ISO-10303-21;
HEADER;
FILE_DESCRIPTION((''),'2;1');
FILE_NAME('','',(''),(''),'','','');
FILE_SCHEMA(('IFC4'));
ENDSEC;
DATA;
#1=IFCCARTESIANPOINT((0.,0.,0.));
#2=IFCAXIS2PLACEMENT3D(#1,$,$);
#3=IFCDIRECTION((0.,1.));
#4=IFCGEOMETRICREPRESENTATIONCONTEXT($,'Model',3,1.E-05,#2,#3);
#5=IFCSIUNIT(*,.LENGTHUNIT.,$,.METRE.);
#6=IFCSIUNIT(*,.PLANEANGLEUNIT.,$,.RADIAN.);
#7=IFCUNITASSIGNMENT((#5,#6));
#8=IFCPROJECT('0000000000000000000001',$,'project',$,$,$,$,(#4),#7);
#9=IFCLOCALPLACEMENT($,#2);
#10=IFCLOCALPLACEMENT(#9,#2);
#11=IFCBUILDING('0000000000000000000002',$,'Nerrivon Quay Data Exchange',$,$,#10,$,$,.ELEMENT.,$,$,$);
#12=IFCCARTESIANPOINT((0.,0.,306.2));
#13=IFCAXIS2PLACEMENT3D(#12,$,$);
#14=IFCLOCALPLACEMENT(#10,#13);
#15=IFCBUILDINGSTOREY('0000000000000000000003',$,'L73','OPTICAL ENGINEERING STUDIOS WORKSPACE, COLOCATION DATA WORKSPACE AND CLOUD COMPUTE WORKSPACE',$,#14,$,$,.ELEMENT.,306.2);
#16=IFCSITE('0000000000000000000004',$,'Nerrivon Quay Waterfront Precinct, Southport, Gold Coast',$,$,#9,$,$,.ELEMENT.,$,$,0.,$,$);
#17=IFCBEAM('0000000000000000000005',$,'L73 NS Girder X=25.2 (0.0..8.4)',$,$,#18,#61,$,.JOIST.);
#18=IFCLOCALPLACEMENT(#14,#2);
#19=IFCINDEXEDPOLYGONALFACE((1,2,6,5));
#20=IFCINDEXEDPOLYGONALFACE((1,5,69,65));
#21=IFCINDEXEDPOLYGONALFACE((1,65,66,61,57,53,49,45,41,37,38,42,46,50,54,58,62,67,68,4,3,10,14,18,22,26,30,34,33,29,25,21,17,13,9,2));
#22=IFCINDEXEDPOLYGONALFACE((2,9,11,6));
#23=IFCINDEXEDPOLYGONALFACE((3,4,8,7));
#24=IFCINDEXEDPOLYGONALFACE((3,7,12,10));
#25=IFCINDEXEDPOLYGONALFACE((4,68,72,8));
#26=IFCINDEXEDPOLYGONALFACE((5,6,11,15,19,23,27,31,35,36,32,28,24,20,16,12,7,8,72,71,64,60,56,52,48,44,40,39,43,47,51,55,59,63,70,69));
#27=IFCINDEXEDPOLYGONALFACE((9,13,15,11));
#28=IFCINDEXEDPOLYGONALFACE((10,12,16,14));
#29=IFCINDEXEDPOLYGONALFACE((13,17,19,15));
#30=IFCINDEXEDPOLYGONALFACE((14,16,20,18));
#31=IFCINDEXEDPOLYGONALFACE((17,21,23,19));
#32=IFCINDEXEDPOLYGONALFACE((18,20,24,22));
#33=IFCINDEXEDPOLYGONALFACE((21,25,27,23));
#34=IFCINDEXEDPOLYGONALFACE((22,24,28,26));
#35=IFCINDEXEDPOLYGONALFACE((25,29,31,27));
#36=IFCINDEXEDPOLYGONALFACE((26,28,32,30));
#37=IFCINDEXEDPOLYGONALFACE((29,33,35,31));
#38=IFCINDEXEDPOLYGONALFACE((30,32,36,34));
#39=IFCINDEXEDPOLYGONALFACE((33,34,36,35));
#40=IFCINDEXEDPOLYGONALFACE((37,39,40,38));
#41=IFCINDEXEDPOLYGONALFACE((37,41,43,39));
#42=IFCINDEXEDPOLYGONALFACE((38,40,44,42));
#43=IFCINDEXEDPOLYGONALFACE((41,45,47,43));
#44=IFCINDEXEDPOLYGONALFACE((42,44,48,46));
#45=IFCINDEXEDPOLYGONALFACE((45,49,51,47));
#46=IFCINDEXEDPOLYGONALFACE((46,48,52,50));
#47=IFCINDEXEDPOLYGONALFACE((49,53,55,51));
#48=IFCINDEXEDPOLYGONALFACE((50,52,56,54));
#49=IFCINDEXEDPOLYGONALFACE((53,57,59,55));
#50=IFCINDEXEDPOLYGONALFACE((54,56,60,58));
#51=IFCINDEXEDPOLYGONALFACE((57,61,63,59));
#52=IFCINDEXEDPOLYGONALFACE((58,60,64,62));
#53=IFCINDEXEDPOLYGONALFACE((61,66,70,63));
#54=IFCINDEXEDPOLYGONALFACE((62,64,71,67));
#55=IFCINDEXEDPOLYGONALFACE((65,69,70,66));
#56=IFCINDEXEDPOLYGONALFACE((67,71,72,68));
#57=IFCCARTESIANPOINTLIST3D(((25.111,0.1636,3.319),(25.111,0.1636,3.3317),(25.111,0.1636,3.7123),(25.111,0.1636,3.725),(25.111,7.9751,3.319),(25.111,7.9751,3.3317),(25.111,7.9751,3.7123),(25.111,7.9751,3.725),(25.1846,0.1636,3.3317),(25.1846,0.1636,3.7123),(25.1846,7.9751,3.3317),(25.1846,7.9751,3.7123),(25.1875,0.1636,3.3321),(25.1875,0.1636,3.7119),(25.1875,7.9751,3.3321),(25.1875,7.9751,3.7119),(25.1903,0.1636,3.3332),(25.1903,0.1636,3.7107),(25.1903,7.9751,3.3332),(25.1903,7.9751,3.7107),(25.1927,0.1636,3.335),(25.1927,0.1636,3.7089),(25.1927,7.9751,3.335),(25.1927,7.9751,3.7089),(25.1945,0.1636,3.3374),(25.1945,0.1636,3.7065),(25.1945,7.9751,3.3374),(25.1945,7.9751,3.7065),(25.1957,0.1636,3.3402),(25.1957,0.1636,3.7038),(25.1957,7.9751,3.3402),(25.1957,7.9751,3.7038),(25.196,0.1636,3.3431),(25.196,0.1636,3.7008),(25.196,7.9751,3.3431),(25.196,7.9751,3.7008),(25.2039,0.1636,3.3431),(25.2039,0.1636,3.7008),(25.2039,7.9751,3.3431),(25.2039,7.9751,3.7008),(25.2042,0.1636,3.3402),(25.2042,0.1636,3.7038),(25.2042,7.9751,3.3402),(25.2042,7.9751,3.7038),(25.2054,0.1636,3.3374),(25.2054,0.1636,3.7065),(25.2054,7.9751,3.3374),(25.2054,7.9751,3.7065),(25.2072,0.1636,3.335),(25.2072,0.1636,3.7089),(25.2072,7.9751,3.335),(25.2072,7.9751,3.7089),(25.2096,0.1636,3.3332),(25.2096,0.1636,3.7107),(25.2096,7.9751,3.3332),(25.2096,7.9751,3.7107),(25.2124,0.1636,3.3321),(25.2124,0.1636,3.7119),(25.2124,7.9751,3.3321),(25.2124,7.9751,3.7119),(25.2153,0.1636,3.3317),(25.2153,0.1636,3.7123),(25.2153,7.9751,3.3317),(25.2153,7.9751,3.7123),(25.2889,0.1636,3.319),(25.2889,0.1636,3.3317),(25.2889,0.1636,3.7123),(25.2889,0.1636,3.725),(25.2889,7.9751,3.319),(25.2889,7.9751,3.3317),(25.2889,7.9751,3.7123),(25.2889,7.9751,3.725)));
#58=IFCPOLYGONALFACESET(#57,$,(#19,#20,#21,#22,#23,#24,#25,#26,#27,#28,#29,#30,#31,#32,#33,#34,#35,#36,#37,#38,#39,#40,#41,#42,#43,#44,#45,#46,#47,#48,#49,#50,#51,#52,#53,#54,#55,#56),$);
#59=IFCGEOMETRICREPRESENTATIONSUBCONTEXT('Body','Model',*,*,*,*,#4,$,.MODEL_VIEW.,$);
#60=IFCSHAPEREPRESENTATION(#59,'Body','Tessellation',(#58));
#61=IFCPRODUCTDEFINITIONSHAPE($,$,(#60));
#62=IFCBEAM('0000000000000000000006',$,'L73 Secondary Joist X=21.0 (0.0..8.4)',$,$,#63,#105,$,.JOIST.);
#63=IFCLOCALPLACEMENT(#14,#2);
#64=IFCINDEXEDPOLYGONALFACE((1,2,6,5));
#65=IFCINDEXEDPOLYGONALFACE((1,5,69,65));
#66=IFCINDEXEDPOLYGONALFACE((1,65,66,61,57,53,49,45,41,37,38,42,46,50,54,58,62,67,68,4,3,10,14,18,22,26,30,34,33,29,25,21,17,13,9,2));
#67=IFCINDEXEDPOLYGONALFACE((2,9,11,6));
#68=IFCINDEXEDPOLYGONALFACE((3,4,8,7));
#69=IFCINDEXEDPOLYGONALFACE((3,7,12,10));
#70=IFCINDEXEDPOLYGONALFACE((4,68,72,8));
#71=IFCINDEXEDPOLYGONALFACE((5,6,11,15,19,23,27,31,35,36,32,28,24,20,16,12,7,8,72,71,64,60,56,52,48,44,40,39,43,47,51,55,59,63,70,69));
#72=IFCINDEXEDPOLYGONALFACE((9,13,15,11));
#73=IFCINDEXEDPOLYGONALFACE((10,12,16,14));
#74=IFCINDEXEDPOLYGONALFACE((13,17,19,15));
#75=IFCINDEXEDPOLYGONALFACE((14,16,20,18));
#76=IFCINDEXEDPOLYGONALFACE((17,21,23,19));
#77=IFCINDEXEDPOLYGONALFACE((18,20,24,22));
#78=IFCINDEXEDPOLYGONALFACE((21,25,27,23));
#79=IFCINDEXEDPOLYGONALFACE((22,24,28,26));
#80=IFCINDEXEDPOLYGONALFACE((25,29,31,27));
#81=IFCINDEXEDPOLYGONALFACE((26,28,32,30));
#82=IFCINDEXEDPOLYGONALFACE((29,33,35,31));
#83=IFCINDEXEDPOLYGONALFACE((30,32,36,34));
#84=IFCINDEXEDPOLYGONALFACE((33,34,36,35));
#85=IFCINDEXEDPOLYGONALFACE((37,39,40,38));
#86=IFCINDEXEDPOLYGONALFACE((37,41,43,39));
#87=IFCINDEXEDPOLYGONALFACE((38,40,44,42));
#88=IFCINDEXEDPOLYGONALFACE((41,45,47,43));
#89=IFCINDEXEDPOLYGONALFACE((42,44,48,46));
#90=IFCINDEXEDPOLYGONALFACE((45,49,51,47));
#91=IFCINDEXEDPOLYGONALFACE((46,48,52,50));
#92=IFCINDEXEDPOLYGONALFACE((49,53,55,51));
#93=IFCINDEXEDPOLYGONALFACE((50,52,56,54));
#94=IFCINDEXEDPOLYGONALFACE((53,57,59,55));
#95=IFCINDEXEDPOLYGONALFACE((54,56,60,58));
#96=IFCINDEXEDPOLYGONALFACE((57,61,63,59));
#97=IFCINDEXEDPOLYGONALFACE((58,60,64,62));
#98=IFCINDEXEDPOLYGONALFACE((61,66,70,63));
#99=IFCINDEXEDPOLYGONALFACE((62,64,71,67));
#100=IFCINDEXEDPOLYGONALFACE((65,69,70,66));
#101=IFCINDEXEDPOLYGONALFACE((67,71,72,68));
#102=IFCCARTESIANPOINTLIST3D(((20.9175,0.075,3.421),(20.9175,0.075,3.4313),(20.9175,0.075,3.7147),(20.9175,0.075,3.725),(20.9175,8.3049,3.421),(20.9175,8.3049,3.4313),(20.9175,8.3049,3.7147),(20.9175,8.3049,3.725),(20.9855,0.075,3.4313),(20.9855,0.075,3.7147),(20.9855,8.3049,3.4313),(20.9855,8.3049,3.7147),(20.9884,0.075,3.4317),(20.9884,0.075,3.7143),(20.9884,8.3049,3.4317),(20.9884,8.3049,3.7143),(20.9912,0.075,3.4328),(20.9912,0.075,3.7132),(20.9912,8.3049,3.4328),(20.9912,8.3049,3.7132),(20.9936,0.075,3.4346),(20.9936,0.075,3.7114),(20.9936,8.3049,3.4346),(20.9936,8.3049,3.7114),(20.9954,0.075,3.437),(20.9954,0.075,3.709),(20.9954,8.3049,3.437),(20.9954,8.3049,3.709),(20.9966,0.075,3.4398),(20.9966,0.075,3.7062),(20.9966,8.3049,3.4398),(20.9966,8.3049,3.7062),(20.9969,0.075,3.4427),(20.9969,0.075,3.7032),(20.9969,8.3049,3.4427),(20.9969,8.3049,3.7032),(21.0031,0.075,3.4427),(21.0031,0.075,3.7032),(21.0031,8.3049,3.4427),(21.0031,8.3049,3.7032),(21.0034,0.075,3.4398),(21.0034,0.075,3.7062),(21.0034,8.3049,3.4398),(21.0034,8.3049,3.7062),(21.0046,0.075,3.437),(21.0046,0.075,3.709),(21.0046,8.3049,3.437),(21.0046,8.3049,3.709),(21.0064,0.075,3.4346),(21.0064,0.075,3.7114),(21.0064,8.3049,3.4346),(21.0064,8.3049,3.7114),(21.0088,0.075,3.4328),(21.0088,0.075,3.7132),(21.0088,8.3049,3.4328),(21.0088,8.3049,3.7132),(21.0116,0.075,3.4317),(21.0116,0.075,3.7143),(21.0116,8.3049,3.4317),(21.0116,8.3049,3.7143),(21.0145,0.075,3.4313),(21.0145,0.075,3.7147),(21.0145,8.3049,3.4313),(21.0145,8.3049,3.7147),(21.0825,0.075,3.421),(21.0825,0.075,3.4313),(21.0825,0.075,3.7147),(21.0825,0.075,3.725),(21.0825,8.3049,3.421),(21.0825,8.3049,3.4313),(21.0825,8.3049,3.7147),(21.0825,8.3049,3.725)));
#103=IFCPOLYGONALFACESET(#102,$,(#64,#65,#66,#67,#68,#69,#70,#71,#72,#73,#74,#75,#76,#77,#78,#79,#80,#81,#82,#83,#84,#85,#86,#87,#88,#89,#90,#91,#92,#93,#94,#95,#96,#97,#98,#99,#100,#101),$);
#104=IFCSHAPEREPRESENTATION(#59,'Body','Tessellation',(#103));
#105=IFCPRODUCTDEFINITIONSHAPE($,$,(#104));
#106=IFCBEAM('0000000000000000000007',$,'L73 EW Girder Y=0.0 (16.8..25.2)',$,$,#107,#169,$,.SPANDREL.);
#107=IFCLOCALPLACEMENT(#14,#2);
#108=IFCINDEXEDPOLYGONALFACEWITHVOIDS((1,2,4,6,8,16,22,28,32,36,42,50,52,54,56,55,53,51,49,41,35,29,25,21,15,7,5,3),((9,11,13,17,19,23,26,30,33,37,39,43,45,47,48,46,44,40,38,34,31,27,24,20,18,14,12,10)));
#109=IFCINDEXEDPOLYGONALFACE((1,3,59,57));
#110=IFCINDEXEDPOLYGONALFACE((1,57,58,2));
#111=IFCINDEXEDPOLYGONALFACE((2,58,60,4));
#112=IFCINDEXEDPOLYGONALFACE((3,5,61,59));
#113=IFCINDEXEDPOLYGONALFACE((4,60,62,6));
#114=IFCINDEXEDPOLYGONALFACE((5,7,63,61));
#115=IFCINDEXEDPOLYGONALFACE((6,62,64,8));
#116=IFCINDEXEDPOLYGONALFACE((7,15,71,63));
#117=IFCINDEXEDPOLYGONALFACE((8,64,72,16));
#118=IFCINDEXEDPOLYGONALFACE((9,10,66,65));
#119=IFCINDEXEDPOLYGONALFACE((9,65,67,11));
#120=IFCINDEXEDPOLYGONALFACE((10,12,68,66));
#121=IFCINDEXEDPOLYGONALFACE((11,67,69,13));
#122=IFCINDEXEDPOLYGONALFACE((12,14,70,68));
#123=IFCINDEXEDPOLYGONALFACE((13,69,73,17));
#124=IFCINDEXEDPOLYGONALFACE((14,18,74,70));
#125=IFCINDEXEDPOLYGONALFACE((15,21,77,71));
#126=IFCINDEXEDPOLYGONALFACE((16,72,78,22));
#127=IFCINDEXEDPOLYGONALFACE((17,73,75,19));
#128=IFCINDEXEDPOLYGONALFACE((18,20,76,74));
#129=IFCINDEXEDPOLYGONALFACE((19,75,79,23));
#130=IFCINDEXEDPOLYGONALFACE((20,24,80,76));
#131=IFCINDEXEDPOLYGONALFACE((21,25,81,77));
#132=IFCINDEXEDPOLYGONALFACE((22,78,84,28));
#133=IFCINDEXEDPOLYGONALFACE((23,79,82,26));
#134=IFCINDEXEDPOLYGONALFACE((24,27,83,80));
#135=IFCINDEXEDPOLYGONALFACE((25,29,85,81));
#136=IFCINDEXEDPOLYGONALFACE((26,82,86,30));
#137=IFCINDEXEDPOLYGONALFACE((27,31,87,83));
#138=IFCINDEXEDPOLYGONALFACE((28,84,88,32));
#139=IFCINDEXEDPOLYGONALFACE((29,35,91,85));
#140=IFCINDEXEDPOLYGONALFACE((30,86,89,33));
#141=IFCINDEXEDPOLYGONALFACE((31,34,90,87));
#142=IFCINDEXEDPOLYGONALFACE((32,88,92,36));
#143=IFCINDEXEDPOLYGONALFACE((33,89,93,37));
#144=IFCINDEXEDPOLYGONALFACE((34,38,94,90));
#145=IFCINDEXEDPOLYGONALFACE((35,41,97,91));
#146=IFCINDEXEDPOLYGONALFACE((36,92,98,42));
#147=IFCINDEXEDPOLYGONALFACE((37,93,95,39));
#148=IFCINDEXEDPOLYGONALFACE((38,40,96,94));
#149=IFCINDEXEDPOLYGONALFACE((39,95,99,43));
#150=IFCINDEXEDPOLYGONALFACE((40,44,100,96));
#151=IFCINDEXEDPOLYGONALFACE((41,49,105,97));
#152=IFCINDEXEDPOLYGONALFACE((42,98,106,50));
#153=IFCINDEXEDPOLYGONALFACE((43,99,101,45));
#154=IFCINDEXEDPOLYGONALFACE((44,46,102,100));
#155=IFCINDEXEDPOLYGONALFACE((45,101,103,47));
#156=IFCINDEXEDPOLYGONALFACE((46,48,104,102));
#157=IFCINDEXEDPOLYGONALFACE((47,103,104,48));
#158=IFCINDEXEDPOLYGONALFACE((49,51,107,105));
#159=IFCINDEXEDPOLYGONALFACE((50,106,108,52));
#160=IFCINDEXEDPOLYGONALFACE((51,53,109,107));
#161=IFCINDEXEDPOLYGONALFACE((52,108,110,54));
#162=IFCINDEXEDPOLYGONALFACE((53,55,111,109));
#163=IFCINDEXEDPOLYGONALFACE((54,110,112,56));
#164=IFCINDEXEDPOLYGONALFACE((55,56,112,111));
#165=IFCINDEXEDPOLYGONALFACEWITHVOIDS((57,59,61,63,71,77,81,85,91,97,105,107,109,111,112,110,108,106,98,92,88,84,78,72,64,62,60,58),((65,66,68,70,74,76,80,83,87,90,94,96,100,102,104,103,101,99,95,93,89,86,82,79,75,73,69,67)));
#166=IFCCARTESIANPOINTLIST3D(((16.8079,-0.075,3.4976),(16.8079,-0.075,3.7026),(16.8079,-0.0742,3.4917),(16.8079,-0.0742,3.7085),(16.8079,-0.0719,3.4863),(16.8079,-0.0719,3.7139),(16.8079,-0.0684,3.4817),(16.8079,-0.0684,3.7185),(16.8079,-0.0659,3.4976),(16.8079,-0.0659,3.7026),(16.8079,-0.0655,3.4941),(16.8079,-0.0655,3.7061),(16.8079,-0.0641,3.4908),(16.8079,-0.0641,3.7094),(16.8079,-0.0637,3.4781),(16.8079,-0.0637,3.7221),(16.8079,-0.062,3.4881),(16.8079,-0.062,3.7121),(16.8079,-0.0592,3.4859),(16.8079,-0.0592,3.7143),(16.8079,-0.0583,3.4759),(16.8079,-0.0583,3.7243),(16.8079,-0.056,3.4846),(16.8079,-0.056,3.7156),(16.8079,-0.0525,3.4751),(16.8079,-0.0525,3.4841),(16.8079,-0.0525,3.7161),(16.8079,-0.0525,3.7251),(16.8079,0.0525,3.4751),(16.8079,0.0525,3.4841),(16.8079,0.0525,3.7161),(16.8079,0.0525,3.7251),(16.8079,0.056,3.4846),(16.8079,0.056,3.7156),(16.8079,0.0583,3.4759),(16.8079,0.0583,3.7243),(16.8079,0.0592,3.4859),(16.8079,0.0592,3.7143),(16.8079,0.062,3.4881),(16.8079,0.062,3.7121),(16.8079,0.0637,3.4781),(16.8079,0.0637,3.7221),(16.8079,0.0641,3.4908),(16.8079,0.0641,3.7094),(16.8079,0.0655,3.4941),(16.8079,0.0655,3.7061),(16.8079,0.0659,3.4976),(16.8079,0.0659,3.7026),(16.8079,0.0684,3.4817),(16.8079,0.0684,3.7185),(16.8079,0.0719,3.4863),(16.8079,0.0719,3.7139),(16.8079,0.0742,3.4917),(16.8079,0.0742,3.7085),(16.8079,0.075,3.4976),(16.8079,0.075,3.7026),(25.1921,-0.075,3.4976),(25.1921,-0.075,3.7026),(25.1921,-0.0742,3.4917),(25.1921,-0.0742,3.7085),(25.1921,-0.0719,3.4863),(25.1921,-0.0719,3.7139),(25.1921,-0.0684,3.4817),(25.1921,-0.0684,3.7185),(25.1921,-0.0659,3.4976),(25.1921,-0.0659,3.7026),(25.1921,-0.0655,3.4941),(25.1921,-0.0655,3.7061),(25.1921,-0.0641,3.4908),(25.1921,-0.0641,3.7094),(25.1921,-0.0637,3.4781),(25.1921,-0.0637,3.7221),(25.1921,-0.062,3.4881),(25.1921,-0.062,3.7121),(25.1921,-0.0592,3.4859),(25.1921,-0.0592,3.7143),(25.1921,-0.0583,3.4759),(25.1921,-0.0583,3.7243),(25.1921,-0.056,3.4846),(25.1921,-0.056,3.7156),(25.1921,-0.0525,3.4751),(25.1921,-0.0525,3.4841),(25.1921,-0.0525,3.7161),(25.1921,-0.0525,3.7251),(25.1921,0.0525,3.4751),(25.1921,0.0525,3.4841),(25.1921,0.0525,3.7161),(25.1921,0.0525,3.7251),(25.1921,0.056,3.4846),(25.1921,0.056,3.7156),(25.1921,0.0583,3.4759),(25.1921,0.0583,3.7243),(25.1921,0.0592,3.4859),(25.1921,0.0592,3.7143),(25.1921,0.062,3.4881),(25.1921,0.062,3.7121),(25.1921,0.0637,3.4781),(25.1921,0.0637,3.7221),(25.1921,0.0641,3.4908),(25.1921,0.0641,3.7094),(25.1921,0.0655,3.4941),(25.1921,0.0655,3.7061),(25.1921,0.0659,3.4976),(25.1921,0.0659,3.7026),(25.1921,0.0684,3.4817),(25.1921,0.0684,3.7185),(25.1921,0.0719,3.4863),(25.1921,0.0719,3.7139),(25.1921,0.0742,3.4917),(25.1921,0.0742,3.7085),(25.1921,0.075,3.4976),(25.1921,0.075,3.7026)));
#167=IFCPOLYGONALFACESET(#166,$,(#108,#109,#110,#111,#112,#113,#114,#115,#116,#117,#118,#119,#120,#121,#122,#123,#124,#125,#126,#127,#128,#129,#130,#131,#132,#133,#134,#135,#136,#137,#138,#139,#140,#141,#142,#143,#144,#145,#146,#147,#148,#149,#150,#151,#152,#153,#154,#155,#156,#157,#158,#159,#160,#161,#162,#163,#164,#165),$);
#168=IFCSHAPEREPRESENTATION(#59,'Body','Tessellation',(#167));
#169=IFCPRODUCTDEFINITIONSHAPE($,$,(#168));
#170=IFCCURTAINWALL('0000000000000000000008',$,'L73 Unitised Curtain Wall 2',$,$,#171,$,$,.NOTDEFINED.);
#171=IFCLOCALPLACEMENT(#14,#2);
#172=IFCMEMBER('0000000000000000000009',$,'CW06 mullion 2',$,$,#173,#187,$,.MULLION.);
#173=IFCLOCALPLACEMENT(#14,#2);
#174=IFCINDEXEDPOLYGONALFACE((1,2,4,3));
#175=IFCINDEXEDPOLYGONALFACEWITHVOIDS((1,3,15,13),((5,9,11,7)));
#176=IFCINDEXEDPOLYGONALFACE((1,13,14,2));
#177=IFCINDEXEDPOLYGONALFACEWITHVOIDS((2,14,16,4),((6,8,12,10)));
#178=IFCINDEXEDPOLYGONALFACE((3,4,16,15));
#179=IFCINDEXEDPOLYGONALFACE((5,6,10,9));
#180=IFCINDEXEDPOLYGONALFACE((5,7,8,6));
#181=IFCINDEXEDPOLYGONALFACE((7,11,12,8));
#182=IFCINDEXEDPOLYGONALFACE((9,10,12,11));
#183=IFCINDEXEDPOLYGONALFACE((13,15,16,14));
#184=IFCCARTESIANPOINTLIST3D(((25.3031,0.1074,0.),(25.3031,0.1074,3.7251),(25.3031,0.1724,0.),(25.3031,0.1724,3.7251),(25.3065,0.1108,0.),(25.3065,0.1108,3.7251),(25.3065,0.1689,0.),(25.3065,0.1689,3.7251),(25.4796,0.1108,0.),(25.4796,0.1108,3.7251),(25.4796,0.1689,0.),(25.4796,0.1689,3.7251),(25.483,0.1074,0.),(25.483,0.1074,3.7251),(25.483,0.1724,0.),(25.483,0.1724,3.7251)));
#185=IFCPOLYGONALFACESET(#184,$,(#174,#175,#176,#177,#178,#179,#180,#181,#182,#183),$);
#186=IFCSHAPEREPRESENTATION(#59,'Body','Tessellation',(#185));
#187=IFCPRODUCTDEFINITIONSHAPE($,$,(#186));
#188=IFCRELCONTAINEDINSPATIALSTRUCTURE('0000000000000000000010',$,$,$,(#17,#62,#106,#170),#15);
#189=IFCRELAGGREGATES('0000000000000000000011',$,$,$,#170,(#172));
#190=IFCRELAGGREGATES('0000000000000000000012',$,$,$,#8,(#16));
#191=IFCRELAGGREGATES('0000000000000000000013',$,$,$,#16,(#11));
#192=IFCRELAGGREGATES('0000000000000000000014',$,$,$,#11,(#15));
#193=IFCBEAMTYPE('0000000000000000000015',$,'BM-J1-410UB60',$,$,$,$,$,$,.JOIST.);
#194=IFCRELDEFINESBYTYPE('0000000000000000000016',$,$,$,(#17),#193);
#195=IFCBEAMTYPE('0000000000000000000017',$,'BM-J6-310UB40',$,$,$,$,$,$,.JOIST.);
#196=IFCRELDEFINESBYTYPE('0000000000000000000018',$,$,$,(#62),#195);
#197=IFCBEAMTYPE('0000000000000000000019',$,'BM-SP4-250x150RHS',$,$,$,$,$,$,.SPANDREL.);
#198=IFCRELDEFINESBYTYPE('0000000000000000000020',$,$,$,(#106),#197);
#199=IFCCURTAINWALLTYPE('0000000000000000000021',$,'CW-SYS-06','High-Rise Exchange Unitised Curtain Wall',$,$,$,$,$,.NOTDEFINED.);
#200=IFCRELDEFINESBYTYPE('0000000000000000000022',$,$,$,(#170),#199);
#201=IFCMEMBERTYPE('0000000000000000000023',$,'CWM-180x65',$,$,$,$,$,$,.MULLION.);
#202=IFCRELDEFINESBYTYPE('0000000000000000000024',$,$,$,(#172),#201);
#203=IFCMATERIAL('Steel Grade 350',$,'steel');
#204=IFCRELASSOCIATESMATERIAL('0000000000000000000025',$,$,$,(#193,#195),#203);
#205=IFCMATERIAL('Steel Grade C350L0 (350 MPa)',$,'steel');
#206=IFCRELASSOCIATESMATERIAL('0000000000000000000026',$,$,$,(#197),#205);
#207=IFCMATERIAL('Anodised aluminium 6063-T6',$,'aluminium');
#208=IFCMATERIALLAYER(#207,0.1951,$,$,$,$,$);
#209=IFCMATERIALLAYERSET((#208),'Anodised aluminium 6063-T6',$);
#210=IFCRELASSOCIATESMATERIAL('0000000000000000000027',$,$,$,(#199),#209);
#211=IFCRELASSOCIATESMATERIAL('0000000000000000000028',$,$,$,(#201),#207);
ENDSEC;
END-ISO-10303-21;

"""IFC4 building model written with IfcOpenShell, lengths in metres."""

from ifc_helpers import new_model, si_unit, direction, frame, origin, origin_2d, place, context, subcontext, project, spatial, hollow_rectangle, i_section, extrude, material, layer, layer_set, material_profile, profile_set, type_object, element, aggregate, save


model = new_model("IFC4")

# Units and contexts
model_context = context("Model", 3, precision=1e-05, world=origin(), true_north=direction((0.0, 1.0)))
body_context = subcontext(model_context, "Body", "Model", "MODEL_VIEW")
ifc_project = project(units=[si_unit("LENGTHUNIT", "METRE"), si_unit("PLANEANGLEUNIT", "RADIAN")], contexts=[model_context])

# Site, building, storey
site_placement = place(None, origin())
site = spatial("IfcSite", under=ifc_project, at=site_placement, Name="Nerrivon Quay Waterfront Precinct, Southport, Gold Coast", CompositionType="ELEMENT", RefElevation=0.0)
building_placement = place(site_placement, origin())
building = spatial("IfcBuilding", under=site, at=building_placement, Name="Nerrivon Quay Data Exchange", CompositionType="ELEMENT")
storey_placement = place(building_placement, frame((0.0, 0.0, 306.2)))
storey = spatial("IfcBuildingStorey", under=building, at=storey_placement, Name="L73", Description="OPTICAL ENGINEERING STUDIOS WORKSPACE, COLOCATION DATA WORKSPACE AND CLOUD COMPUTE WORKSPACE", CompositionType="ELEMENT", Elevation=306.2)

# Shared definitions
ifc_material_1 = material(Name="Steel Grade 350", Category="steel")

# Beams
ifc_material_profile_1 = material_profile(ifc_material_1, i_section(OverallWidth=0.178, OverallDepth=0.406, WebThickness=0.0078, FlangeThickness=0.0127, FilletRadius=0.0115, at=origin_2d()), Name="410UB59.7")
ifc_profile_set_1 = profile_set([ifc_material_profile_1], Name="Steel Grade 350")
beam_type_1 = type_object("IfcBeamType", Name="BM-J1-410UB60", PredefinedType="JOIST", material=ifc_profile_set_1)
beam_1_placement = place(storey_placement, frame((25.2, 0.1636, 3.522), z_axis=(0.0, 1.0, 0.0), x_axis=(-1.0, 0.0, 0.0)))
element("IfcBeam", 1, at=beam_1_placement, inside=storey, type_object=beam_type_1, Name="L73 NS Girder X=25.2 (0.0..8.4)", PredefinedType="JOIST", context=body_context, shape_type="SweptSolid", body=[
    extrude(i_section(OverallWidth=0.178, OverallDepth=0.406, WebThickness=0.0078, FlangeThickness=0.0127, FilletRadius=0.0115, at=origin_2d()), origin(), (0.0, 0.0, 1.0), 7.8115),
])
ifc_material_profile_2 = material_profile(ifc_material_1, i_section(OverallWidth=0.165, OverallDepth=0.304, WebThickness=0.0061, FlangeThickness=0.0103, FilletRadius=0.0115, at=origin_2d()), Name="310UB40.4")
ifc_profile_set_2 = profile_set([ifc_material_profile_2], Name="Steel Grade 350")
beam_type_2 = type_object("IfcBeamType", Name="BM-J6-310UB40", PredefinedType="JOIST", material=ifc_profile_set_2)
beam_2_placement = place(storey_placement, frame((21.0, 0.075, 3.573), z_axis=(0.0, 1.0, 0.0), x_axis=(-1.0, 0.0, 0.0)))
element("IfcBeam", 2, at=beam_2_placement, inside=storey, type_object=beam_type_2, Name="L73 Secondary Joist X=21.0 (0.0..8.4)", PredefinedType="JOIST", context=body_context, shape_type="SweptSolid", body=[
    extrude(i_section(OverallWidth=0.165, OverallDepth=0.304, WebThickness=0.0061, FlangeThickness=0.0103, FilletRadius=0.0115, at=origin_2d()), origin(), (0.0, 0.0, 1.0), 8.23),
])
ifc_material_2 = material(Name="Steel Grade C350L0 (350 MPa)", Category="steel")
ifc_material_profile_3 = material_profile(ifc_material_2, hollow_rectangle(XDim=0.1499, YDim=0.25, WallThickness=0.009, InnerFilletRadius=0.0134, OuterFilletRadius=0.0225, at=origin_2d()), Name="250x150x9.0RHS")
ifc_profile_set_3 = profile_set([ifc_material_profile_3], Name="Steel Grade C350L0 (350 MPa)")
beam_type_3 = type_object("IfcBeamType", Name="BM-SP4-250x150RHS", PredefinedType="SPANDREL", material=ifc_profile_set_3)
beam_3_placement = place(storey_placement, frame((16.8079, 0.0, 3.6001), z_axis=(1.0, 0.0, 0.0), x_axis=(0.0, 1.0, 0.0)))
element("IfcBeam", 3, at=beam_3_placement, inside=storey, type_object=beam_type_3, Name="L73 EW Girder Y=0.0 (16.8..25.2)", PredefinedType="SPANDREL", context=body_context, shape_type="SweptSolid", body=[
    extrude(hollow_rectangle(XDim=0.1499, YDim=0.25, WallThickness=0.009, InnerFilletRadius=0.0134, OuterFilletRadius=0.0225, at=origin_2d()), origin(), (0.0, 0.0, 1.0), 8.3843),
])

# Curtain wall, member
ifc_material_3 = material(Name="Anodised aluminium 6063-T6", Category="aluminium")
ifc_layer_1 = layer(ifc_material_3, 0.1951)
ifc_layer_set_1 = layer_set([ifc_layer_1], Name="Anodised aluminium 6063-T6")
curtain_wall_type = type_object("IfcCurtainWallType", Name="CW-SYS-06", Description="High-Rise Exchange Unitised Curtain Wall", PredefinedType="NOTDEFINED", material=ifc_layer_set_1)
curtain_wall_placement = place(storey_placement, origin())
curtain_wall = element("IfcCurtainWall", 4, at=curtain_wall_placement, inside=storey, type_object=curtain_wall_type, Name="L73 Unitised Curtain Wall 2", PredefinedType="NOTDEFINED")
ifc_material_profile_4 = material_profile(ifc_material_3, hollow_rectangle(XDim=0.0649, YDim=0.1799, WallThickness=0.0034, at=origin_2d()), Name="ALU-MULL-180x65")
ifc_profile_set_4 = profile_set([ifc_material_profile_4], Name="Anodised aluminium 6063-T6")
member_type = type_object("IfcMemberType", Name="CWM-180x65", PredefinedType="MULLION", material=ifc_profile_set_4)
member_placement = place(storey_placement, frame((25.3931, 0.1399, 0.0), z_axis=(0.0, 0.0, 1.0), x_axis=(0.0, -1.0, 0.0)))
member = element("IfcMember", 5, at=member_placement, type_object=member_type, Name="CW06 mullion 2", PredefinedType="MULLION", context=body_context, shape_type="SweptSolid", body=[
    extrude(hollow_rectangle(XDim=0.0649, YDim=0.1799, WallThickness=0.0034, at=origin_2d()), origin(), (0.0, 0.0, 1.0), 3.7251),
])
aggregate(curtain_wall, [member])

save(model, "model.ifc")
